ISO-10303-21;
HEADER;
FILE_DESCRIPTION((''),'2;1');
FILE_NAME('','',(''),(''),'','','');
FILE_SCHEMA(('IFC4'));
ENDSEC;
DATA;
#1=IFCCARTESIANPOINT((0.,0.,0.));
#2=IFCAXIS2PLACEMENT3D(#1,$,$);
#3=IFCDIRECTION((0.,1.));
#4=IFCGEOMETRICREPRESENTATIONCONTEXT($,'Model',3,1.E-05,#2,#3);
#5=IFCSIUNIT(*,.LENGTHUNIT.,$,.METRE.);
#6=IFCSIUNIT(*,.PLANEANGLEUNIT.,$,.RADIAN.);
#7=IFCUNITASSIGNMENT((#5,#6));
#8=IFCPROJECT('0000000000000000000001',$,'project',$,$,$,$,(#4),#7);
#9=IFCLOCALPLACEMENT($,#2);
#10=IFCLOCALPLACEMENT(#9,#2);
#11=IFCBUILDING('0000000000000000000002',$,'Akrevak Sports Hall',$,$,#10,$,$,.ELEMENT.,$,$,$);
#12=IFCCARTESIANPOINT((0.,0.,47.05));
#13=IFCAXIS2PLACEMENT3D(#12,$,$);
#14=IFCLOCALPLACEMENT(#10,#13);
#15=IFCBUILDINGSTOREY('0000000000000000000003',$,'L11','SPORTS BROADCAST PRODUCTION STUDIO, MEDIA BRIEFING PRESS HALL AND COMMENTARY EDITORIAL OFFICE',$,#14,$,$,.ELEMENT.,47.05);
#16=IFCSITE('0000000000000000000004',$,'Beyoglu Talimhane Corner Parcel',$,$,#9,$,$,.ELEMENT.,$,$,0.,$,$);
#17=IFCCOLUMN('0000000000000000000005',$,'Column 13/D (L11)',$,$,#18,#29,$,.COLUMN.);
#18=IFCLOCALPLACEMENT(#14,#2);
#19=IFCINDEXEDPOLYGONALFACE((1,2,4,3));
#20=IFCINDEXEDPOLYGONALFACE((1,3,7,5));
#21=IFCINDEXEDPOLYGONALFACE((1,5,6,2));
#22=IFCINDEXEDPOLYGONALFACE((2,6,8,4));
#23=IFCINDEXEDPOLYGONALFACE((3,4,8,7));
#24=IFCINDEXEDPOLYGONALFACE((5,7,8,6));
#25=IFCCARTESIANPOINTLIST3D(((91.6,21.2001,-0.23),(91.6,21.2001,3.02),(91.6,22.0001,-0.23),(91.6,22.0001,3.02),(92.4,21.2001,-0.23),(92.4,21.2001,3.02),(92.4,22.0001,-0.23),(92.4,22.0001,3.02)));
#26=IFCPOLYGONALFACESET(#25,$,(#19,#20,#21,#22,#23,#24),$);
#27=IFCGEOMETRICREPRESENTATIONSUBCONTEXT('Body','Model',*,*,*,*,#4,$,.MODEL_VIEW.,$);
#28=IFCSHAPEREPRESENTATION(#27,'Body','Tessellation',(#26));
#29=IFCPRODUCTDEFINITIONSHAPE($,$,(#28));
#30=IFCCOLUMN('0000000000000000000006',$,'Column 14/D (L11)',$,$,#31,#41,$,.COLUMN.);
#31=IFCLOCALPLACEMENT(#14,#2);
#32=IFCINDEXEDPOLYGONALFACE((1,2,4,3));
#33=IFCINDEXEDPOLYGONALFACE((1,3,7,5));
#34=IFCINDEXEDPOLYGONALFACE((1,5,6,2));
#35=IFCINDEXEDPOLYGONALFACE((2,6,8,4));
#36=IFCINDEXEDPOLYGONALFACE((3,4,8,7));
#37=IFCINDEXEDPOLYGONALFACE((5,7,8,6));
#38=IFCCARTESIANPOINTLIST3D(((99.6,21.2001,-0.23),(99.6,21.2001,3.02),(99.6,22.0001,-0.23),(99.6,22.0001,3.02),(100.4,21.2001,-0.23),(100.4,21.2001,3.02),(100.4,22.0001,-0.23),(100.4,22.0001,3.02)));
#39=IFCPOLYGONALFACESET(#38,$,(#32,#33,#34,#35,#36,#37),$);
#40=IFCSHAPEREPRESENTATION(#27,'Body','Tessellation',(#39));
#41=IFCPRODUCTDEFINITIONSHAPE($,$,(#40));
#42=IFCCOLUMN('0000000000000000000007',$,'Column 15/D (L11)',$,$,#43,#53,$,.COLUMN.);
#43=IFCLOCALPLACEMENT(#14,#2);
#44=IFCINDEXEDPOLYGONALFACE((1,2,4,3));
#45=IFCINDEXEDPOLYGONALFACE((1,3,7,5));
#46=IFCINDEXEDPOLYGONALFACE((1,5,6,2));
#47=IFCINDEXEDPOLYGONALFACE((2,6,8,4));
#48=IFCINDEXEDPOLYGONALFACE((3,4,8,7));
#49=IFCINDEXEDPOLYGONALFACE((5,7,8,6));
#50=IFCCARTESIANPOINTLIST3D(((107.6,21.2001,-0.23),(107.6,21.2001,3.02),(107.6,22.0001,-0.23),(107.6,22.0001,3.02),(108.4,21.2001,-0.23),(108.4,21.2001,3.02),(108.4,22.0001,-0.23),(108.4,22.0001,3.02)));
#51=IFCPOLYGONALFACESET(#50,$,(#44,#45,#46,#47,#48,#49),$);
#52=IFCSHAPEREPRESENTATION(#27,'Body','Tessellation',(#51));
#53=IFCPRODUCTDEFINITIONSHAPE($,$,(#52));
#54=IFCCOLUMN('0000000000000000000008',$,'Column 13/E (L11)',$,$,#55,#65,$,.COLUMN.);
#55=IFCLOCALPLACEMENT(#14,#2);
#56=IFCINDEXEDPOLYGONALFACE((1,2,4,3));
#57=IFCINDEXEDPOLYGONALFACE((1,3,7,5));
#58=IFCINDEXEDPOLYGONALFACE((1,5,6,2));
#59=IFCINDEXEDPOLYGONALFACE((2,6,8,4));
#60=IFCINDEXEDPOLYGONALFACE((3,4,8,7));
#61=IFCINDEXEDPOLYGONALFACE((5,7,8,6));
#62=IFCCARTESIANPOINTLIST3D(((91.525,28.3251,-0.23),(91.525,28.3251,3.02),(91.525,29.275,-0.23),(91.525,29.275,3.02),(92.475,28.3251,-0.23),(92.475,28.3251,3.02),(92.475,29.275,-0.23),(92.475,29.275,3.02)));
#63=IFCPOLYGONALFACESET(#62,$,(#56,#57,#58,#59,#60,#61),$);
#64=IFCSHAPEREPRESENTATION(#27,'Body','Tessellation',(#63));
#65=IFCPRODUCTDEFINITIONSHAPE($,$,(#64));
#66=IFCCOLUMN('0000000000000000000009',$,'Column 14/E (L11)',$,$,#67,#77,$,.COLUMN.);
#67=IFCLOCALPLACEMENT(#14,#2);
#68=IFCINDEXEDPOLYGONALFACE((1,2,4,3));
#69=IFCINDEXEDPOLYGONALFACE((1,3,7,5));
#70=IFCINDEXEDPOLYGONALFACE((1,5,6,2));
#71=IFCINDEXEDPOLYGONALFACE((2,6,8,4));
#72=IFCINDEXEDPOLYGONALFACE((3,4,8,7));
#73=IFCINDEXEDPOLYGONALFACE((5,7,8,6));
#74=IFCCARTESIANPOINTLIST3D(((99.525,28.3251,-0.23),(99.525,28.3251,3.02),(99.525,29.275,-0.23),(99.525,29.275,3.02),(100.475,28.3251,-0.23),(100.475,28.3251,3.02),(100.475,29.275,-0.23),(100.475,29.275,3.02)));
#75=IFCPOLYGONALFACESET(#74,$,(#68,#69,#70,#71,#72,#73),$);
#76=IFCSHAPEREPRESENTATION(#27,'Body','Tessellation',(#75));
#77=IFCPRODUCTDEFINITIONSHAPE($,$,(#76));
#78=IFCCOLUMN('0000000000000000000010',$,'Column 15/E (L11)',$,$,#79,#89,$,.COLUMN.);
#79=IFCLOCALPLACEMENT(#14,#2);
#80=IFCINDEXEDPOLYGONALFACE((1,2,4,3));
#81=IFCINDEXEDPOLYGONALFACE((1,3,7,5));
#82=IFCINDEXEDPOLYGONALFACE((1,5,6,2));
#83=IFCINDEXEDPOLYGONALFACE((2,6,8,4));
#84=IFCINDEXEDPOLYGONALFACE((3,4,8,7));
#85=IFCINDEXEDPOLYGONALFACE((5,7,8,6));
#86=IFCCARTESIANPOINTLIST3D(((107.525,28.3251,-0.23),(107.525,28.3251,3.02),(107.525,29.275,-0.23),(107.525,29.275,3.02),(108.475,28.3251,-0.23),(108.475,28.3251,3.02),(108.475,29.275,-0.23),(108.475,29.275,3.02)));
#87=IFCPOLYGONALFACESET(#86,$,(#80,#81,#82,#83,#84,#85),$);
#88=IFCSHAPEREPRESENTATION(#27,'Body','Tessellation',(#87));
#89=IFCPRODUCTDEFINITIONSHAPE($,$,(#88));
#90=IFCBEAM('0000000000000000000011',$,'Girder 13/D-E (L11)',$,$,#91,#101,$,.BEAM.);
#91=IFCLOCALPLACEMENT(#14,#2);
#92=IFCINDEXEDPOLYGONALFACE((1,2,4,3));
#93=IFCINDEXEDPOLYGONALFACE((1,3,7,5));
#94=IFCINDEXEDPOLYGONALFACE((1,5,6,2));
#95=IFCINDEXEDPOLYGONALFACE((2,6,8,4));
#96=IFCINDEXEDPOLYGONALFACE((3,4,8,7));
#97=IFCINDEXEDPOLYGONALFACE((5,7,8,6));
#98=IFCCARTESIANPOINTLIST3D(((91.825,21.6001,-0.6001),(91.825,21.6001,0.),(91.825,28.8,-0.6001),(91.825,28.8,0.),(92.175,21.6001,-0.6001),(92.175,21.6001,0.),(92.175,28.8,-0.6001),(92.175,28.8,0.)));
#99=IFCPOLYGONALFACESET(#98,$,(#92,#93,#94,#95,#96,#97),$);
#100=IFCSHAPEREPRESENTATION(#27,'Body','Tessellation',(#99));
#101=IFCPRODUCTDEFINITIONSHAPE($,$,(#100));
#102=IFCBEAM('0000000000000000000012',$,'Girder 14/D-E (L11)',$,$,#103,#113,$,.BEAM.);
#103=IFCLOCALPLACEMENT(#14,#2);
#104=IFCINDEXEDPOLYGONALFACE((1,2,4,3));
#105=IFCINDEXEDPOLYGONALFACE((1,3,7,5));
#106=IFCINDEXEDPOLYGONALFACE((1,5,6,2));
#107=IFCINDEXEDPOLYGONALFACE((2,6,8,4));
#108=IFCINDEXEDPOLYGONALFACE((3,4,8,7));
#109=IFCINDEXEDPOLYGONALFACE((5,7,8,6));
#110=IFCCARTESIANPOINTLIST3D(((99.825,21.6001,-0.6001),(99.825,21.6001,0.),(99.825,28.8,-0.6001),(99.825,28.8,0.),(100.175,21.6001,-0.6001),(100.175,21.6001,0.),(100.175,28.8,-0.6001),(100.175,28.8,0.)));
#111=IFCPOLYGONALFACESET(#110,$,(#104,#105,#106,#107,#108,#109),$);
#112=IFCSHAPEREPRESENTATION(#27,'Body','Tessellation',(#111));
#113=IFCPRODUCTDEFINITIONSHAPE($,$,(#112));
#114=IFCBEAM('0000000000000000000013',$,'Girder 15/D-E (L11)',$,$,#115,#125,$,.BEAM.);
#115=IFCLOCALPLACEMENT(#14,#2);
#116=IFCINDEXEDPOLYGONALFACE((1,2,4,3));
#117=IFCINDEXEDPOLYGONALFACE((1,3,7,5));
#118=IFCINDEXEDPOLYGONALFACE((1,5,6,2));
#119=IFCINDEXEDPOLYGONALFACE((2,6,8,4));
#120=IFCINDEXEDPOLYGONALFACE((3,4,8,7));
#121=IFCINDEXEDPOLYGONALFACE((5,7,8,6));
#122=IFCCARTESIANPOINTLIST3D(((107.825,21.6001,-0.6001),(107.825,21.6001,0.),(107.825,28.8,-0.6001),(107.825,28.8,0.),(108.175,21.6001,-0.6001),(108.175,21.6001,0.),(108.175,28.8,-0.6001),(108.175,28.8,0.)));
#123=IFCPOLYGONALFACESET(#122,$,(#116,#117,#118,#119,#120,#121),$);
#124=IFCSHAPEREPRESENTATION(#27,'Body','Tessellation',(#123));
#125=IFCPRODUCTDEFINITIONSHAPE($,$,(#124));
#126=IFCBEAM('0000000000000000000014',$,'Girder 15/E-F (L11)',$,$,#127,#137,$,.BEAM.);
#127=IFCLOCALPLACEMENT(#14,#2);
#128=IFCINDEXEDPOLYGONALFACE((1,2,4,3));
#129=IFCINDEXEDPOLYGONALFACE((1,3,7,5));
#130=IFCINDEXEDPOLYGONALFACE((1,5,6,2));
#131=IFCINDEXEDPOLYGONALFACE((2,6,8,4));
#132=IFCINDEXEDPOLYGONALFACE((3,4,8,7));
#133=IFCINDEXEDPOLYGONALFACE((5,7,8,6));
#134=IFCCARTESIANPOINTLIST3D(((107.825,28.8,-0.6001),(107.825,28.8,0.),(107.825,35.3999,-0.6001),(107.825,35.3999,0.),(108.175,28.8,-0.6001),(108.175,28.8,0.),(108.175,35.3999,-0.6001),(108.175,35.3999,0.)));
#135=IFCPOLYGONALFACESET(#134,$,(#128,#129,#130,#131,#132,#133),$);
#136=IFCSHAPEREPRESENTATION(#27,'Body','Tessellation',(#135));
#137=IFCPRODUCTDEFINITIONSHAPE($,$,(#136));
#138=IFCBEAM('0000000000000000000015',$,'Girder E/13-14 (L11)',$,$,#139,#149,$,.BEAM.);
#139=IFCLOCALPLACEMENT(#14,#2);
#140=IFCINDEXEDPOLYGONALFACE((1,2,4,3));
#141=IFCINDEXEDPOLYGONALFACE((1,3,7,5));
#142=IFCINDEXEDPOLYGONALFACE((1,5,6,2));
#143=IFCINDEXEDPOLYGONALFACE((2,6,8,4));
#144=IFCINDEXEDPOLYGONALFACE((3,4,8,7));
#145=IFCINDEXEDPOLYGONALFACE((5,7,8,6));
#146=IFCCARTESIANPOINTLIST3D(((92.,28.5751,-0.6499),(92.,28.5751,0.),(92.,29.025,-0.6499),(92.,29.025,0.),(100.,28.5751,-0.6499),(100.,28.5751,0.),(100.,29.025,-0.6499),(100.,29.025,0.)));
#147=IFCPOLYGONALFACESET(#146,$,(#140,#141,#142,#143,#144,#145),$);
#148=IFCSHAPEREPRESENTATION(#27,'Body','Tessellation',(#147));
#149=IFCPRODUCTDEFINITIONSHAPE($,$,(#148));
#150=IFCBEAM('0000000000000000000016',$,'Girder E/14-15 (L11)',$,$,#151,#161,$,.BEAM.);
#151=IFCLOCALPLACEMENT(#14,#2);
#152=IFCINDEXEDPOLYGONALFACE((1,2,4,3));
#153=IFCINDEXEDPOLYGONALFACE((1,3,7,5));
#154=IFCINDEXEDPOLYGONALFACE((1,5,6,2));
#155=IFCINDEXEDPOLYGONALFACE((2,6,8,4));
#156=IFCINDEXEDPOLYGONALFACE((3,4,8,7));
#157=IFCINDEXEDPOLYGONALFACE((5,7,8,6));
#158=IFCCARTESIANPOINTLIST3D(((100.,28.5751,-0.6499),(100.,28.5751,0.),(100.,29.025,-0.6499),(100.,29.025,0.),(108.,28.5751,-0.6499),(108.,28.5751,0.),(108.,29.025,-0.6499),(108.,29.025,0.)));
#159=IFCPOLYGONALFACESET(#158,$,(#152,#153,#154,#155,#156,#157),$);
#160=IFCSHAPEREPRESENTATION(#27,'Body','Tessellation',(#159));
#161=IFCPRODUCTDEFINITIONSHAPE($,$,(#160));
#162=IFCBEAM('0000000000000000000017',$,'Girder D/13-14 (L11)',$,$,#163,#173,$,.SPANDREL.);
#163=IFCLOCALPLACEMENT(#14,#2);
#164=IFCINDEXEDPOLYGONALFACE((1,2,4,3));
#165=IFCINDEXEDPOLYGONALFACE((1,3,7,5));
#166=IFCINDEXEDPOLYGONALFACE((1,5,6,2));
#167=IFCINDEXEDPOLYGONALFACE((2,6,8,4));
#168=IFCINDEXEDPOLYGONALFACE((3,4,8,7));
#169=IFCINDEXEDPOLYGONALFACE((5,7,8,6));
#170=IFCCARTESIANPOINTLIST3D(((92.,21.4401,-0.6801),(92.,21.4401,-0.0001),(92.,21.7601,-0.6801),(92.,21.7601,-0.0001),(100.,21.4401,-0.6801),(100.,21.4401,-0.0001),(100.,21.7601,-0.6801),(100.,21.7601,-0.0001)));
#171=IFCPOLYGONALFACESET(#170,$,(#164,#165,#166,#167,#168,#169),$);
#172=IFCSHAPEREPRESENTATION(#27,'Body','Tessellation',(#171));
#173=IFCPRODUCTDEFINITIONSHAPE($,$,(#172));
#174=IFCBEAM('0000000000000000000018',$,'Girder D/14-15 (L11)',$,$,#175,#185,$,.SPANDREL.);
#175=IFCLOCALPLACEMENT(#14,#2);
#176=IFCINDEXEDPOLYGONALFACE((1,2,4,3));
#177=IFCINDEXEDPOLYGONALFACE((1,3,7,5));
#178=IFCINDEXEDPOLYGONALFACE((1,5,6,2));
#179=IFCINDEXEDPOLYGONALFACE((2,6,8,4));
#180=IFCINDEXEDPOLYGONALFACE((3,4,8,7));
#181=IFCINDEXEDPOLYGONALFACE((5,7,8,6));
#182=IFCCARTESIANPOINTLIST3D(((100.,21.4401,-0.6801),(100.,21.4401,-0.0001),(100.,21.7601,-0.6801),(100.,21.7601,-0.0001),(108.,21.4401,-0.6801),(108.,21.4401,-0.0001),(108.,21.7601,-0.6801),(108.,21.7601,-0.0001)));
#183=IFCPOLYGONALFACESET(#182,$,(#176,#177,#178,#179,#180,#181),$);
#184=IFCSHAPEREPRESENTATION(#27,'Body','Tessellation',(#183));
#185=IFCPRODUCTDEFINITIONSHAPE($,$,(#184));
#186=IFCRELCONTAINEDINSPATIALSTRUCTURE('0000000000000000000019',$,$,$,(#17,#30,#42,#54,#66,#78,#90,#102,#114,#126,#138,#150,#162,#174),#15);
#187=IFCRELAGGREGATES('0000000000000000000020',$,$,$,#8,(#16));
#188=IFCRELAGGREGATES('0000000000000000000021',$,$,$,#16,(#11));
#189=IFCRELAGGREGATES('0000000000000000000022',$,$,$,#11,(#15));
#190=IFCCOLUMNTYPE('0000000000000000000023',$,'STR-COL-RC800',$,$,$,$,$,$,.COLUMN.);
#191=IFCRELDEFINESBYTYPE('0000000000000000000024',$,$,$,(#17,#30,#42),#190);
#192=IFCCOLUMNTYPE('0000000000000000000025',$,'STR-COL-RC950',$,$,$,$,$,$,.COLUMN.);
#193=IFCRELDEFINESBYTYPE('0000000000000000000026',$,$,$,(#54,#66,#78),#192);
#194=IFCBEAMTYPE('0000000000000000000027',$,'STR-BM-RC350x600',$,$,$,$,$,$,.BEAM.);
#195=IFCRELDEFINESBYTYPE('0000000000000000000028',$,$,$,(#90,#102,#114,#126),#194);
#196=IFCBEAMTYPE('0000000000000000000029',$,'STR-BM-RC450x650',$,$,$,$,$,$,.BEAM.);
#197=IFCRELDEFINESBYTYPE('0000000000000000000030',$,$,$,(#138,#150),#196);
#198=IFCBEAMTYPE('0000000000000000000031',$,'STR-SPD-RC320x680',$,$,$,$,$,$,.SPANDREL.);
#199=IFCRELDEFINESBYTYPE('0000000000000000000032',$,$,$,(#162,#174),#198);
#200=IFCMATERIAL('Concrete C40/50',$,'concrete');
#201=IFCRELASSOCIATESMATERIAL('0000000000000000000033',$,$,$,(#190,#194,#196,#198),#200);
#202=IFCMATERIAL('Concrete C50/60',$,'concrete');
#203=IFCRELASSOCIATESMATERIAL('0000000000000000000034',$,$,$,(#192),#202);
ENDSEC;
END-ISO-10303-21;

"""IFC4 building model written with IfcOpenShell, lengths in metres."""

from ifc_helpers import new_model, si_unit, direction, frame, origin, origin_2d, place, context, subcontext, project, spatial, rectangle, extrude, material, material_profile, profile_set, type_object, element, save


model = new_model("IFC4")

# Units and contexts
model_context = context("Model", 3, precision=1e-05, world=origin(), true_north=direction((0.0, 1.0)))
body_context = subcontext(model_context, "Body", "Model", "MODEL_VIEW")
ifc_project = project(units=[si_unit("LENGTHUNIT", "METRE"), si_unit("PLANEANGLEUNIT", "RADIAN")], contexts=[model_context])

# Site, building, storey
site_placement = place(None, origin())
site = spatial("IfcSite", under=ifc_project, at=site_placement, Name="Beyoglu Talimhane Corner Parcel", CompositionType="ELEMENT", RefElevation=0.0)
building_placement = place(site_placement, origin())
building = spatial("IfcBuilding", under=site, at=building_placement, Name="Akrevak Sports Hall", CompositionType="ELEMENT")
storey_placement = place(building_placement, frame((0.0, 0.0, 47.05)))
storey = spatial("IfcBuildingStorey", under=building, at=storey_placement, Name="L11", Description="SPORTS BROADCAST PRODUCTION STUDIO, MEDIA BRIEFING PRESS HALL AND COMMENTARY EDITORIAL OFFICE", CompositionType="ELEMENT", Elevation=47.05)

# Columns
ifc_material_1 = material(Name="Concrete C40/50", Category="concrete")
ifc_material_profile_1 = material_profile(ifc_material_1, rectangle(XDim=0.8, YDim=0.8, at=origin_2d()), Name="RC 800x800", Category="concrete")
ifc_profile_set_1 = profile_set([ifc_material_profile_1], Name="Concrete C40/50")
column_type_1 = type_object("IfcColumnType", Name="STR-COL-RC800", PredefinedType="COLUMN", material=ifc_profile_set_1)
for number, where, z_axis, x_axis, name in (
    (1, (92.0, 21.6001, -0.23), (0.0, 0.0, 1.0), (1.0, 0.0, 0.0), "Column 13/D (L11)"),
    (2, (100.0, 21.6001, -0.23), (0.0, 0.0, 1.0), (1.0, 0.0, 0.0), "Column 14/D (L11)"),
    (3, (108.0, 21.6001, -0.23), (0.0, 0.0, 1.0), (1.0, 0.0, 0.0), "Column 15/D (L11)"),
):
    element("IfcColumn", number, at=place(storey_placement, frame(where, z_axis=z_axis, x_axis=x_axis)), inside=storey, type_object=column_type_1, Name=name, PredefinedType="COLUMN", context=body_context, shape_type="SweptSolid", body=[
        extrude(rectangle(XDim=0.8, YDim=0.8, at=origin_2d()), origin(), (0.0, 0.0, 1.0), 3.25),
    ])
ifc_material_2 = material(Name="Concrete C50/60", Category="concrete")
ifc_material_profile_2 = material_profile(ifc_material_2, rectangle(XDim=0.95, YDim=0.95, at=origin_2d()), Name="RC 950x950", Category="concrete")
ifc_profile_set_2 = profile_set([ifc_material_profile_2], Name="Concrete C50/60")
column_type_2 = type_object("IfcColumnType", Name="STR-COL-RC950", PredefinedType="COLUMN", material=ifc_profile_set_2)
for number, where, z_axis, x_axis, name in (
    (4, (92.0, 28.8, -0.23), (0.0, 0.0, 1.0), (1.0, 0.0, 0.0), "Column 13/E (L11)"),
    (5, (100.0, 28.8, -0.23), (0.0, 0.0, 1.0), (1.0, 0.0, 0.0), "Column 14/E (L11)"),
    (6, (108.0, 28.8, -0.23), (0.0, 0.0, 1.0), (1.0, 0.0, 0.0), "Column 15/E (L11)"),
):
    element("IfcColumn", number, at=place(storey_placement, frame(where, z_axis=z_axis, x_axis=x_axis)), inside=storey, type_object=column_type_2, Name=name, PredefinedType="COLUMN", context=body_context, shape_type="SweptSolid", body=[
        extrude(rectangle(XDim=0.95, YDim=0.95, at=origin_2d()), origin(), (0.0, 0.0, 1.0), 3.25),
    ])

# Beams
ifc_material_profile_3 = material_profile(ifc_material_1, rectangle(XDim=0.3501, YDim=0.6001, at=origin_2d()), Name="BM 350x600", Category="concrete")
ifc_profile_set_3 = profile_set([ifc_material_profile_3], Name="Concrete C40/50")
beam_type_1 = type_object("IfcBeamType", Name="STR-BM-RC350x600", PredefinedType="BEAM", material=ifc_profile_set_3)
for number, where, z_axis, x_axis, name in (
    (7, (92.0, 21.6001, -0.3), (0.0, 1.0, 0.0), (-1.0, 0.0, 0.0), "Girder 13/D-E (L11)"),
    (8, (100.0, 21.6001, -0.3), (0.0, 1.0, 0.0), (-1.0, 0.0, 0.0), "Girder 14/D-E (L11)"),
    (9, (108.0, 21.6001, -0.3), (0.0, 1.0, 0.0), (-1.0, 0.0, 0.0), "Girder 15/D-E (L11)"),
):
    element("IfcBeam", number, at=place(storey_placement, frame(where, z_axis=z_axis, x_axis=x_axis)), inside=storey, type_object=beam_type_1, Name=name, PredefinedType="BEAM", context=body_context, shape_type="SweptSolid", body=[
        extrude(rectangle(XDim=0.3501, YDim=0.6001, at=origin_2d()), origin(), (0.0, 0.0, 1.0), 7.2),
    ])
beam_placement = place(storey_placement, frame((108.0, 28.8, -0.3), z_axis=(0.0, 1.0, 0.0), x_axis=(-1.0, 0.0, 0.0)))
element("IfcBeam", 10, at=beam_placement, inside=storey, type_object=beam_type_1, Name="Girder 15/E-F (L11)", PredefinedType="BEAM", context=body_context, shape_type="SweptSolid", body=[
    extrude(rectangle(XDim=0.3501, YDim=0.6001, at=origin_2d()), origin(), (0.0, 0.0, 1.0), 6.5999),
])
ifc_material_profile_4 = material_profile(ifc_material_1, rectangle(XDim=0.45, YDim=0.6499, at=origin_2d()), Name="BM 450x650", Category="concrete")
ifc_profile_set_4 = profile_set([ifc_material_profile_4], Name="Concrete C40/50")
beam_type_2 = type_object("IfcBeamType", Name="STR-BM-RC450x650", PredefinedType="BEAM", material=ifc_profile_set_4)
for number, where, z_axis, x_axis, name in (
    (11, (92.0, 28.8, -0.325), (1.0, 0.0, 0.0), (0.0, 1.0, 0.0), "Girder E/13-14 (L11)"),
    (12, (100.0, 28.8, -0.325), (1.0, 0.0, 0.0), (0.0, 1.0, 0.0), "Girder E/14-15 (L11)"),
):
    element("IfcBeam", number, at=place(storey_placement, frame(where, z_axis=z_axis, x_axis=x_axis)), inside=storey, type_object=beam_type_2, Name=name, PredefinedType="BEAM", context=body_context, shape_type="SweptSolid", body=[
        extrude(rectangle(XDim=0.45, YDim=0.6499, at=origin_2d()), origin(), (0.0, 0.0, 1.0), 8.0),
    ])
ifc_material_profile_5 = material_profile(ifc_material_1, rectangle(XDim=0.3201, YDim=0.6799, at=origin_2d()), Name="SPD 320x680", Category="concrete")
ifc_profile_set_5 = profile_set([ifc_material_profile_5], Name="Concrete C40/50")
beam_type_3 = type_object("IfcBeamType", Name="STR-SPD-RC320x680", PredefinedType="SPANDREL", material=ifc_profile_set_5)
for number, where, z_axis, x_axis, name in (
    (13, (92.0, 21.6001, -0.3401), (1.0, 0.0, 0.0), (0.0, 1.0, 0.0), "Girder D/13-14 (L11)"),
    (14, (100.0, 21.6001, -0.3401), (1.0, 0.0, 0.0), (0.0, 1.0, 0.0), "Girder D/14-15 (L11)"),
):
    element("IfcBeam", number, at=place(storey_placement, frame(where, z_axis=z_axis, x_axis=x_axis)), inside=storey, type_object=beam_type_3, Name=name, PredefinedType="SPANDREL", context=body_context, shape_type="SweptSolid", body=[
        extrude(rectangle(XDim=0.3201, YDim=0.6799, at=origin_2d()), origin(), (0.0, 0.0, 1.0), 8.0),
    ])

save(model, "model.ifc")
